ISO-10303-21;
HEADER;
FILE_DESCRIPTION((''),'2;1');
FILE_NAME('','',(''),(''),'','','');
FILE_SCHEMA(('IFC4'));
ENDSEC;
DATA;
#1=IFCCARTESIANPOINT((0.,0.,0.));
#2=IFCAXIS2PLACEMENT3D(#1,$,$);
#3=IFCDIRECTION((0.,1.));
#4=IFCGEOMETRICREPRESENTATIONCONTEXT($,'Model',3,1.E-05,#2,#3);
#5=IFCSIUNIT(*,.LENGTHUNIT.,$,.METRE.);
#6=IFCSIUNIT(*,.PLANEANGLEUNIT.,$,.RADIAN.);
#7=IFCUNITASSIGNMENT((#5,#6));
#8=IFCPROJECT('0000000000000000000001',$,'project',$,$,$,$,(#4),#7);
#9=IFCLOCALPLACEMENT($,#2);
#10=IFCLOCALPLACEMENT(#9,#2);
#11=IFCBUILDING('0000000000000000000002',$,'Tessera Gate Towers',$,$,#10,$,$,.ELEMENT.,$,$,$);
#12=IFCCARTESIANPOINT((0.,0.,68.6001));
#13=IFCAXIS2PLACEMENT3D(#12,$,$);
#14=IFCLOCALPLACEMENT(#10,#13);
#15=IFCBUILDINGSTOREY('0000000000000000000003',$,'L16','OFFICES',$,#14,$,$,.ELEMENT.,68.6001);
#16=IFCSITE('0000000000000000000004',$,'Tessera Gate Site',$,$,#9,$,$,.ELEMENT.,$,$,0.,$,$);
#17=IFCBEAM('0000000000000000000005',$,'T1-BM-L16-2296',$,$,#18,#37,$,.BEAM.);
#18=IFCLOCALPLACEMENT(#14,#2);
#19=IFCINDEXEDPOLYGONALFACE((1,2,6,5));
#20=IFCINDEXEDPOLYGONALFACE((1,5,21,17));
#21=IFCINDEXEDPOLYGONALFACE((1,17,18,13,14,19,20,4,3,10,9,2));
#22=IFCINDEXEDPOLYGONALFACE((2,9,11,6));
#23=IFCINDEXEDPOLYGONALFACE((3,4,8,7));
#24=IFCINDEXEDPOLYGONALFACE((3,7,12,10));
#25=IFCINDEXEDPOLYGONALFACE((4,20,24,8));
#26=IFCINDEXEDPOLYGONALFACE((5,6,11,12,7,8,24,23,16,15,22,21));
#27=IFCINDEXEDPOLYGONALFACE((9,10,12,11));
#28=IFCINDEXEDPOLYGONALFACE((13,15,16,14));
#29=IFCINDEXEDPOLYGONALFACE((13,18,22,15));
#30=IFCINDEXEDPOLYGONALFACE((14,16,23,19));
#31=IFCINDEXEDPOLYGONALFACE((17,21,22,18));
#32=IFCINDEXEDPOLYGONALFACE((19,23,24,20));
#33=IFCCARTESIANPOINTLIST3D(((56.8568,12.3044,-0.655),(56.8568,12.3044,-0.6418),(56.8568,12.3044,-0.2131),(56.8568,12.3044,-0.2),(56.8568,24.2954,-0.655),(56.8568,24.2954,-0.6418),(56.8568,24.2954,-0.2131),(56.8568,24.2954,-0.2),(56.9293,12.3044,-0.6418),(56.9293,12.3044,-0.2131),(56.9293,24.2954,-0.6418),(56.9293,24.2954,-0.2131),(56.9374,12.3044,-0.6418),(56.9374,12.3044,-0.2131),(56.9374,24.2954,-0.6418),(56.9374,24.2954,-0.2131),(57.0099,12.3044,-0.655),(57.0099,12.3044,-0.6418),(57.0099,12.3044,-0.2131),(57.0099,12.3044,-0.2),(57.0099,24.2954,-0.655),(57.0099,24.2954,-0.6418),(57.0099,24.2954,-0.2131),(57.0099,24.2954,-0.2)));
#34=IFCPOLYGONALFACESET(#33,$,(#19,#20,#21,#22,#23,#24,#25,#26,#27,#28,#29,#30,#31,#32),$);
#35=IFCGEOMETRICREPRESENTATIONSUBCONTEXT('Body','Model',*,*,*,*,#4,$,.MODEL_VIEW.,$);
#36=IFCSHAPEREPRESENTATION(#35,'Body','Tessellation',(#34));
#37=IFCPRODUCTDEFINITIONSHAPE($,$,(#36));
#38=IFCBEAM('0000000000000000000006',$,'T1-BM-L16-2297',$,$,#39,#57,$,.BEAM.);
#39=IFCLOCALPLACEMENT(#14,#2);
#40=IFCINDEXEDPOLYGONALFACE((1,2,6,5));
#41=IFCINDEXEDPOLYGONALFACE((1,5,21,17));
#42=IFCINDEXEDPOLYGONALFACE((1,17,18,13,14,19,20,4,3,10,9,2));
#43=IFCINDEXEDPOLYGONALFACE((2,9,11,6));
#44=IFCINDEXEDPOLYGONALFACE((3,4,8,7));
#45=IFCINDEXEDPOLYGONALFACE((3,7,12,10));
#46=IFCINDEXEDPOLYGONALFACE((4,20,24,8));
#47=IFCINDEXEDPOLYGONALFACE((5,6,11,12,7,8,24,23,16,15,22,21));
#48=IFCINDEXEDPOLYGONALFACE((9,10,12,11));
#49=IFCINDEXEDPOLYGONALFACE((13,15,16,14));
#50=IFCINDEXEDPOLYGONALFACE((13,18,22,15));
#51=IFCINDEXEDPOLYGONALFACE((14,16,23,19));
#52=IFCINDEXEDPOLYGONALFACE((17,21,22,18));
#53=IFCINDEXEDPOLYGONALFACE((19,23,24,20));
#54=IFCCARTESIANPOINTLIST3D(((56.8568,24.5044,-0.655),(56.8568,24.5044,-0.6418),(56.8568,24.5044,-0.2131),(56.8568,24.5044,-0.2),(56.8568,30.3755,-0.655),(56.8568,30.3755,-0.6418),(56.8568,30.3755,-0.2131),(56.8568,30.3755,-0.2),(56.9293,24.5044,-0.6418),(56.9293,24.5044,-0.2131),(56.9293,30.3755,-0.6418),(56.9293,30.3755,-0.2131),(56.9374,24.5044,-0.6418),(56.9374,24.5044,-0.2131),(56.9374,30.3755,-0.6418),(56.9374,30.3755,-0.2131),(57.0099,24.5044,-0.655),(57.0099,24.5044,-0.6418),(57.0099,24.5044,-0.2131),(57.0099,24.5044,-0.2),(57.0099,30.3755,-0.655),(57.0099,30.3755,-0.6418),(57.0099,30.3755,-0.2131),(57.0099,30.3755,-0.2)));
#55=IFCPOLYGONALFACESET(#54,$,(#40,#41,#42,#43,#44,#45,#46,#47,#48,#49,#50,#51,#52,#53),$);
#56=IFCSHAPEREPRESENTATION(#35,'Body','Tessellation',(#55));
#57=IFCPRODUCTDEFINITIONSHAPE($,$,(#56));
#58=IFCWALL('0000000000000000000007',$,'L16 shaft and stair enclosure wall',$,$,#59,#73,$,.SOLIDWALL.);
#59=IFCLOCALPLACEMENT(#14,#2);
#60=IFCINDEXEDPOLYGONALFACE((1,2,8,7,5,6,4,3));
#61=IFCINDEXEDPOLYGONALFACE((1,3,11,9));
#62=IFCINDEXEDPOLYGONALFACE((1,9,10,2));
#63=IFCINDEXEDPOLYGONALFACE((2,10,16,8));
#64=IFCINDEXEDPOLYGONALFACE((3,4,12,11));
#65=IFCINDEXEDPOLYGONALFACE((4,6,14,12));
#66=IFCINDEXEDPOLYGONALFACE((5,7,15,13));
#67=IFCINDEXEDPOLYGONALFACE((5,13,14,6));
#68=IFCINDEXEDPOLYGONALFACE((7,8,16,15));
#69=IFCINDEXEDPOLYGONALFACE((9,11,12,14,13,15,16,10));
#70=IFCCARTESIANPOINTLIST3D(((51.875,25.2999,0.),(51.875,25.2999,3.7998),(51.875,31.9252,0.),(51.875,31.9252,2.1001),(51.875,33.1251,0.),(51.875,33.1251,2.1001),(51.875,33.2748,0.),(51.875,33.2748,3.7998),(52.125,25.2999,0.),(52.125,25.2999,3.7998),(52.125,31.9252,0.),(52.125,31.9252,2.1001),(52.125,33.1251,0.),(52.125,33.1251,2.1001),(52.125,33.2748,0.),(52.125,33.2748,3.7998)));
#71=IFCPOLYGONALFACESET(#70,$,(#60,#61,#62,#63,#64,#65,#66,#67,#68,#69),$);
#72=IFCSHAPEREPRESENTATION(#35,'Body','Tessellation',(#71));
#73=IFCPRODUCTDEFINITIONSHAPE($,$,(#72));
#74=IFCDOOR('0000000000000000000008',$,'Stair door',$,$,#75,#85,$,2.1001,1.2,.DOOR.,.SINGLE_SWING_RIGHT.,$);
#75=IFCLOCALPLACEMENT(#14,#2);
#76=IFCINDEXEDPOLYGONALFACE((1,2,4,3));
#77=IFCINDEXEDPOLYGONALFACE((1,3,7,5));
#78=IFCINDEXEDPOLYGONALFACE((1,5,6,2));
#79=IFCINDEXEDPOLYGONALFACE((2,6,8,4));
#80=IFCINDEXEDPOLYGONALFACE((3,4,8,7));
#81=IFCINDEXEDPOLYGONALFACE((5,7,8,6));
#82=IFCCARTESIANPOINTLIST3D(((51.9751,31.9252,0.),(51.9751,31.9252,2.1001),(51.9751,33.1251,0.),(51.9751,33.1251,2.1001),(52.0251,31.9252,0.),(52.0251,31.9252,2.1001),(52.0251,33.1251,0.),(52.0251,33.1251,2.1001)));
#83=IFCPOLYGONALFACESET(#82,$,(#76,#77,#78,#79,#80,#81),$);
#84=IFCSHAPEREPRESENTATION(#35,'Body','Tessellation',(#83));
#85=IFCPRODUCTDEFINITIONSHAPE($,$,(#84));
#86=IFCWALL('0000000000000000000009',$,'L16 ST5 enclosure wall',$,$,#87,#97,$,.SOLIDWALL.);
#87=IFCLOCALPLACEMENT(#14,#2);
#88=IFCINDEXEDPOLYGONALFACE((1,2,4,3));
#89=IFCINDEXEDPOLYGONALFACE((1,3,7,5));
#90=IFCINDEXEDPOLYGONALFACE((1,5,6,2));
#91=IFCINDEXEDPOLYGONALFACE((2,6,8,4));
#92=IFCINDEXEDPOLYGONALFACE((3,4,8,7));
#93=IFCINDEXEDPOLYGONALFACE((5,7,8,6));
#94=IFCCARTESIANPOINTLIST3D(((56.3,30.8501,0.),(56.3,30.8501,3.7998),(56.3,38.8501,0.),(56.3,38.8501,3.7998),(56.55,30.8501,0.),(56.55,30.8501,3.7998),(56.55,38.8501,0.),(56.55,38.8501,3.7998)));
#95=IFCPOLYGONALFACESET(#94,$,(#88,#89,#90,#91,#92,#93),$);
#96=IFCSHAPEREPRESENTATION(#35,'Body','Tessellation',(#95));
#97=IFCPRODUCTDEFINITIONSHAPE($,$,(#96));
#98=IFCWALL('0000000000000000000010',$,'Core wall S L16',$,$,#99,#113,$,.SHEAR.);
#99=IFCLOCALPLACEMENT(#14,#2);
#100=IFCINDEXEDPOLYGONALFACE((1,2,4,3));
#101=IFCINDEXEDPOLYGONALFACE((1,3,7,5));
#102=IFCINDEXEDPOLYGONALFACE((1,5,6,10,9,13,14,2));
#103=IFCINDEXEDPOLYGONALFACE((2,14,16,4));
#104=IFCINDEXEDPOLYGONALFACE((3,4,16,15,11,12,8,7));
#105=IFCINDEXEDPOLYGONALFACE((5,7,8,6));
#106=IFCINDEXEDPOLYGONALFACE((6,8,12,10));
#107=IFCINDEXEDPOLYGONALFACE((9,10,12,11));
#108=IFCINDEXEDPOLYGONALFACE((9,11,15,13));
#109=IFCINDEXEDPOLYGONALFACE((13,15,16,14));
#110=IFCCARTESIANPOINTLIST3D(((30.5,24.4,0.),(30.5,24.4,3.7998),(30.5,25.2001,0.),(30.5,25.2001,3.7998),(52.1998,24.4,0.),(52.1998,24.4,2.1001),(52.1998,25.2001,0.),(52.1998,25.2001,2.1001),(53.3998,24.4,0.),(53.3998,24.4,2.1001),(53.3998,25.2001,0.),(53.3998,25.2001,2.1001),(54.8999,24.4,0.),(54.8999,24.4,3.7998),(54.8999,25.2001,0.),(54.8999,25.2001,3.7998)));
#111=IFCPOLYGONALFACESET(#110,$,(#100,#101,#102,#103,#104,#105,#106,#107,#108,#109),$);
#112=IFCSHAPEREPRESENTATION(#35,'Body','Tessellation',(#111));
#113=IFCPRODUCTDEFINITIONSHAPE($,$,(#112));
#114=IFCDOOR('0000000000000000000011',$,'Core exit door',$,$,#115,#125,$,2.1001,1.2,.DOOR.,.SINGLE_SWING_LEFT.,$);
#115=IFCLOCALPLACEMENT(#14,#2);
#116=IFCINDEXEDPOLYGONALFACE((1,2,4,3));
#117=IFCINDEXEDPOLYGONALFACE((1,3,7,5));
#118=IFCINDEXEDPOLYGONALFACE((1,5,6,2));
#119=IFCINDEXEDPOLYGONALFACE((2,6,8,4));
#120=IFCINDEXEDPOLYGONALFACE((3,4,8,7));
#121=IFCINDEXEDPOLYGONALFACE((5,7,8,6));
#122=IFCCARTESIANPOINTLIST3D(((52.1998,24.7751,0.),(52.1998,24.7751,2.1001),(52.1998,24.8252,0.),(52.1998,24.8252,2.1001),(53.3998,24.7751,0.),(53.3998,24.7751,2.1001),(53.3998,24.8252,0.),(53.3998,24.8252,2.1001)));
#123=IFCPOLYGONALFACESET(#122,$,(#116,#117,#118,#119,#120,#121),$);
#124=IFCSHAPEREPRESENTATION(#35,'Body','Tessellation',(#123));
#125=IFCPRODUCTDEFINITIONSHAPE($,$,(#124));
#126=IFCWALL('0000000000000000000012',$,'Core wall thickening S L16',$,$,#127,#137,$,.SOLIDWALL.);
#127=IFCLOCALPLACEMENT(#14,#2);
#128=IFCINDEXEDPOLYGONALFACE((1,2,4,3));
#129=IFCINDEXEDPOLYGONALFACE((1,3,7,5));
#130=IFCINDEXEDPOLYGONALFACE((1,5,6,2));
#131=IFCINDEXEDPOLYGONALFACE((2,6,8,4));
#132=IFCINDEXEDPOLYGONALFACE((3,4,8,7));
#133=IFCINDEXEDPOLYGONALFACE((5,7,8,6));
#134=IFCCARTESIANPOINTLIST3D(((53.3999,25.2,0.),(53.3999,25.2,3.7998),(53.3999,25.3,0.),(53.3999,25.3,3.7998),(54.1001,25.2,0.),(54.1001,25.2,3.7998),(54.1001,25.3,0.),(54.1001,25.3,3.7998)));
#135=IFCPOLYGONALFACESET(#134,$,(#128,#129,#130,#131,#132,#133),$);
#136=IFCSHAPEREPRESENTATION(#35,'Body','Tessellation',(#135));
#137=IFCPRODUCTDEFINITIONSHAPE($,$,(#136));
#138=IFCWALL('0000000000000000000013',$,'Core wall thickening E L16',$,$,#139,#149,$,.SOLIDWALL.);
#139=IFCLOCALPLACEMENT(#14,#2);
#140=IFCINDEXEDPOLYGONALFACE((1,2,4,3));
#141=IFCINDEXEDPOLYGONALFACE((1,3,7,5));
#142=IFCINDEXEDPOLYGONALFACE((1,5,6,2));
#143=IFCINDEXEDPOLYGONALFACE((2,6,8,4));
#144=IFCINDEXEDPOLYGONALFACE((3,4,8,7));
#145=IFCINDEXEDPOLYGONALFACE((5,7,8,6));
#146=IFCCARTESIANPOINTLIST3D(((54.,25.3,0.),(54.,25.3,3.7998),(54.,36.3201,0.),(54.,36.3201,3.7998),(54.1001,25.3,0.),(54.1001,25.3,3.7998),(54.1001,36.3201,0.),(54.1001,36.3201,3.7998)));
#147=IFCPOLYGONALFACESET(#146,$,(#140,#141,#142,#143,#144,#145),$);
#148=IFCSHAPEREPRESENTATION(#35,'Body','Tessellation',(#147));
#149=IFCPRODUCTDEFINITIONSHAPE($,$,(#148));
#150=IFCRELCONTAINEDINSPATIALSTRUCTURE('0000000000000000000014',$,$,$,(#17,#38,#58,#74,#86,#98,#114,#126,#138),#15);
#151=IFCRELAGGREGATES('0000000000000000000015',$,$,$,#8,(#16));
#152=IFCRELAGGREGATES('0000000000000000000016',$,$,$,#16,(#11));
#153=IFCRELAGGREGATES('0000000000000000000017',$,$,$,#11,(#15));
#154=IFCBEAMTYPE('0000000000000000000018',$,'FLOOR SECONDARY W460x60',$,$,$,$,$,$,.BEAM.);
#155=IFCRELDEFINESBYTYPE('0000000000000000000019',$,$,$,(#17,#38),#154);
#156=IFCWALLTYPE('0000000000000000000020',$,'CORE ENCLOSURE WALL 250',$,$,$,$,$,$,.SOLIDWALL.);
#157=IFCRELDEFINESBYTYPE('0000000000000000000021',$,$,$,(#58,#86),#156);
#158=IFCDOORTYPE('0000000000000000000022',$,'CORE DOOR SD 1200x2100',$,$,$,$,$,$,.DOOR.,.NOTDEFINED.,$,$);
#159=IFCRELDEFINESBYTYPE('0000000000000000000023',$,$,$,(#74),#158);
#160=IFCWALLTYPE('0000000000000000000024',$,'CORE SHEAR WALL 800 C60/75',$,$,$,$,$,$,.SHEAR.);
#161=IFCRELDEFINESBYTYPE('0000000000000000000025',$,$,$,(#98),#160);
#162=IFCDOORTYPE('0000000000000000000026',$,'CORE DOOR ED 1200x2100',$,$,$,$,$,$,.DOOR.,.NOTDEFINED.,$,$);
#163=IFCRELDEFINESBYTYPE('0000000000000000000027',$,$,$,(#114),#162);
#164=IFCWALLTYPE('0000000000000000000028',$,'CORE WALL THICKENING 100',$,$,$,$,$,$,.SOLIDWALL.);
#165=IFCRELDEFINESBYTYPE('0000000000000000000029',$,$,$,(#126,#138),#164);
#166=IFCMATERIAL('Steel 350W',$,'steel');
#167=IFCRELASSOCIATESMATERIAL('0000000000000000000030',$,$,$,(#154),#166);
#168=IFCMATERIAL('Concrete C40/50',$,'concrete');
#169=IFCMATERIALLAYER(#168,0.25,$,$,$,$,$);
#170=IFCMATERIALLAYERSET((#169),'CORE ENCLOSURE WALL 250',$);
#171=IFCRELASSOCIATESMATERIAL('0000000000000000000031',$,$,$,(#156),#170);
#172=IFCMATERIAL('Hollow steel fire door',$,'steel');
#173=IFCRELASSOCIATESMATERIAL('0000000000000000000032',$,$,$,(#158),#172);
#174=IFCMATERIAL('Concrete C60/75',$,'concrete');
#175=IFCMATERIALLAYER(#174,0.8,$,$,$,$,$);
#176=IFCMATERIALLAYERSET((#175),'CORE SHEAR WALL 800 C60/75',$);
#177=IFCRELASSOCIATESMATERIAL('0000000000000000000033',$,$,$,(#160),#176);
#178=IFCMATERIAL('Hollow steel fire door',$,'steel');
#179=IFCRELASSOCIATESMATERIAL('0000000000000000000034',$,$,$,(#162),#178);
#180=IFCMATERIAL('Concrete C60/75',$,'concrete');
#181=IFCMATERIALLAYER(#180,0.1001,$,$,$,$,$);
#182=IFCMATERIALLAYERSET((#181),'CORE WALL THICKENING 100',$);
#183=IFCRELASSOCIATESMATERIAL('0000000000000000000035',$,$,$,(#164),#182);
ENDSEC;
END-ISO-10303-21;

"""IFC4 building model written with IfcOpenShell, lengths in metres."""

from ifc_helpers import new_model, si_unit, direction, frame, frame_2d, origin, origin_2d, place, context, subcontext, project, spatial, rectangle, i_section, extrude, source, transform, mapped, material, layer, layer_set, material_profile, profile_set, type_object, element, fill, save


model = new_model("IFC4")

# Units and contexts
model_context = context("Model", 3, precision=1e-05, world=origin(), true_north=direction((0.0, 1.0)))
body_context = subcontext(model_context, "Body", "Model", "MODEL_VIEW")
ifc_project = project(units=[si_unit("LENGTHUNIT", "METRE"), si_unit("PLANEANGLEUNIT", "RADIAN")], contexts=[model_context])

# Site, building, storey
site_placement = place(None, origin())
site = spatial("IfcSite", under=ifc_project, at=site_placement, Name="Tessera Gate Site", CompositionType="ELEMENT", RefElevation=0.0)
building_placement = place(site_placement, origin())
building = spatial("IfcBuilding", under=site, at=building_placement, Name="Tessera Gate Towers", CompositionType="ELEMENT")
storey_placement = place(building_placement, frame((0.0, 0.0, 68.6001)))
storey = spatial("IfcBuildingStorey", under=building, at=storey_placement, Name="L16", Description="OFFICES", CompositionType="ELEMENT", Elevation=68.6001)

# Beams
ifc_material_1 = material(Name="Steel 350W", Category="steel")
ifc_material_profile_1 = material_profile(ifc_material_1, i_section(OverallWidth=0.1531, OverallDepth=0.4551, WebThickness=0.0081, FlangeThickness=0.0132, at=origin_2d()), Name="W460x60")
ifc_profile_set_1 = profile_set([ifc_material_profile_1], Name="Steel 350W")
beam_type_1 = type_object("IfcBeamType", Name="FLOOR SECONDARY W460x60", PredefinedType="BEAM", material=ifc_profile_set_1)
beam_1_placement = place(storey_placement, frame((56.9333, 12.3044, -0.4275), z_axis=(0.0, 1.0, 0.0), x_axis=(-1.0, 0.0, 0.0)))
element("IfcBeam", 1, at=beam_1_placement, inside=storey, type_object=beam_type_1, Name="T1-BM-L16-2296", PredefinedType="BEAM", context=body_context, shape_type="SweptSolid", body=[
    extrude(i_section(OverallWidth=0.1531, OverallDepth=0.4551, WebThickness=0.0081, FlangeThickness=0.0132, at=origin_2d()), origin(), (0.0, 0.0, 1.0), 11.991),
])
beam_2_placement = place(storey_placement, frame((56.9333, 24.5044, -0.4275), z_axis=(0.0, 1.0, 0.0), x_axis=(-1.0, 0.0, 0.0)))
element("IfcBeam", 2, at=beam_2_placement, inside=storey, type_object=beam_type_1, Name="T1-BM-L16-2297", PredefinedType="BEAM", context=body_context, shape_type="SweptSolid", body=[
    extrude(i_section(OverallWidth=0.1531, OverallDepth=0.4551, WebThickness=0.0081, FlangeThickness=0.0132, at=origin_2d()), origin(), (0.0, 0.0, 1.0), 5.8711),
])

# Wall, opening, door
ifc_material_2 = material(Name="Concrete C40/50", Category="concrete")
ifc_layer_1 = layer(ifc_material_2, 0.25)
ifc_layer_set_1 = layer_set([ifc_layer_1], Name="CORE ENCLOSURE WALL 250")
wall_type_1 = type_object("IfcWallType", Name="CORE ENCLOSURE WALL 250", PredefinedType="SOLIDWALL", material=ifc_layer_set_1)
wall_1_placement = place(storey_placement, frame((52.0, 25.3, 0.0), z_axis=(0.0, 0.0, 1.0), x_axis=(0.0, 1.0, 0.0)))
wall_1 = element("IfcWall", 3, at=wall_1_placement, inside=storey, type_object=wall_type_1, Name="L16 shaft and stair enclosure wall", PredefinedType="SOLIDWALL", context=body_context, shape_type="SweptSolid", body=[
    extrude(rectangle(XDim=7.9749, YDim=0.25, at=frame_2d((3.9873, 0.0))), origin(), (0.0, 0.0, 1.0), 3.7998),
])
shared_shape_1 = source(origin(), body_context, "Body", "SweptSolid", [
    extrude(rectangle(XDim=1.2, YDim=2.1001, at=frame_2d((0.6001, 1.05))), frame((0.0, 0.135, 0.0), z_axis=(0.0, -1.0, 0.0), x_axis=(1.0, 0.0, 0.0)), (0.0, 0.0, 1.0), 0.27),
])
opening_1_placement = place(wall_1_placement, frame((6.625, 0.0, 0.0)))
opening_1 = element("IfcOpeningElement", 4, at=opening_1_placement, cuts=wall_1, PredefinedType="OPENING", context=body_context, shape_type="MappedRepresentation", body=[
    mapped(shared_shape_1, transform((0.0, 0.0, 0.0), scale=1.0)),
])
ifc_material_3 = material(Name="Hollow steel fire door", Category="steel")
door_type_1 = type_object("IfcDoorType", Name="CORE DOOR SD 1200x2100", OperationType="NOTDEFINED", PredefinedType="DOOR", material=ifc_material_3)
shared_shape_2 = source(origin(), body_context, "Body", "SweptSolid", [
    extrude(rectangle(XDim=1.2, YDim=2.1001, at=frame_2d((0.6001, 1.05))), frame((0.0, 0.0249, 0.0), z_axis=(0.0, -1.0, 0.0), x_axis=(1.0, 0.0, 0.0)), (0.0, 0.0, 1.0), 0.05),
])
door_1_placement = place(opening_1_placement, origin())
door_1 = element("IfcDoor", 5, at=door_1_placement, inside=storey, type_object=door_type_1, Name="Stair door", OperationType="SINGLE_SWING_RIGHT", OverallHeight=2.1001, OverallWidth=1.2, PredefinedType="DOOR", context=body_context, shape_type="MappedRepresentation", body=[
    mapped(shared_shape_2, transform((0.0, 0.0, 0.0), scale=1.0)),
])
fill(opening_1, door_1)

# Wall
wall_2_placement = place(storey_placement, frame((56.425, 30.8501, 0.0), z_axis=(0.0, 0.0, 1.0), x_axis=(0.0, 1.0, 0.0)))
element("IfcWall", 6, at=wall_2_placement, inside=storey, type_object=wall_type_1, Name="L16 ST5 enclosure wall", PredefinedType="SOLIDWALL", context=body_context, shape_type="SweptSolid", body=[
    extrude(rectangle(XDim=8.0, YDim=0.25, at=frame_2d((4.0, 0.0))), origin(), (0.0, 0.0, 1.0), 3.7998),
])

# Wall, opening, door
ifc_material_4 = material(Name="Concrete C60/75", Category="concrete")
ifc_layer_2 = layer(ifc_material_4, 0.8)
ifc_layer_set_2 = layer_set([ifc_layer_2], Name="CORE SHEAR WALL 800 C60/75")
wall_type_2 = type_object("IfcWallType", Name="CORE SHEAR WALL 800 C60/75", PredefinedType="SHEAR", material=ifc_layer_set_2)
wall_3_placement = place(storey_placement, frame((54.8999, 24.8, 0.0), z_axis=(0.0, 0.0, 1.0), x_axis=(-1.0, 0.0, 0.0)))
wall_3 = element("IfcWall", 7, at=wall_3_placement, inside=storey, type_object=wall_type_2, Name="Core wall S L16", PredefinedType="SHEAR", context=body_context, shape_type="SweptSolid", body=[
    extrude(rectangle(XDim=24.3999, YDim=0.8, at=frame_2d((12.2, 0.0))), origin(), (0.0, 0.0, 1.0), 3.7998),
])
shared_shape_3 = source(origin(), body_context, "Body", "SweptSolid", [
    extrude(rectangle(XDim=1.2, YDim=2.1001, at=frame_2d((0.6001, 1.05))), frame((0.0, 0.4099, 0.0), z_axis=(0.0, -1.0, 0.0), x_axis=(1.0, 0.0, 0.0)), (0.0, 0.0, 1.0), 0.8201),
])
opening_2_placement = place(wall_3_placement, frame((1.5, 0.0, 0.0)))
opening_2 = element("IfcOpeningElement", 8, at=opening_2_placement, cuts=wall_3, PredefinedType="OPENING", context=body_context, shape_type="MappedRepresentation", body=[
    mapped(shared_shape_3, transform((0.0, 0.0, 0.0), scale=1.0)),
])
ifc_material_5 = material(Name="Hollow steel fire door", Category="steel")
door_type_2 = type_object("IfcDoorType", Name="CORE DOOR ED 1200x2100", OperationType="NOTDEFINED", PredefinedType="DOOR", material=ifc_material_5)
door_2_placement = place(opening_2_placement, origin())
door_2 = element("IfcDoor", 9, at=door_2_placement, inside=storey, type_object=door_type_2, Name="Core exit door", OperationType="SINGLE_SWING_LEFT", OverallHeight=2.1001, OverallWidth=1.2, PredefinedType="DOOR", context=body_context, shape_type="MappedRepresentation", body=[
    mapped(shared_shape_2, transform((0.0, 0.0, 0.0), scale=1.0)),
])
fill(opening_2, door_2)

# Walls
ifc_material_6 = material(Name="Concrete C60/75", Category="concrete")
ifc_layer_3 = layer(ifc_material_6, 0.1001)
ifc_layer_set_3 = layer_set([ifc_layer_3], Name="CORE WALL THICKENING 100")
wall_type_3 = type_object("IfcWallType", Name="CORE WALL THICKENING 100", PredefinedType="SOLIDWALL", material=ifc_layer_set_3)
wall_4_placement = place(storey_placement, frame((53.3999, 25.25, 0.0), z_axis=(0.0, 0.0, 1.0), x_axis=(1.0, 0.0, 0.0)))
element("IfcWall", 10, at=wall_4_placement, inside=storey, type_object=wall_type_3, Name="Core wall thickening S L16", PredefinedType="SOLIDWALL", context=body_context, shape_type="SweptSolid", body=[
    extrude(rectangle(XDim=0.7002, YDim=0.1001, at=frame_2d((0.3501, 0.0))), origin(), (0.0, 0.0, 1.0), 3.7998),
])
wall_5_placement = place(storey_placement, frame((54.05, 25.3, 0.0), z_axis=(0.0, 0.0, 1.0), x_axis=(0.0, 1.0, 0.0)))
element("IfcWall", 11, at=wall_5_placement, inside=storey, type_object=wall_type_3, Name="Core wall thickening E L16", PredefinedType="SOLIDWALL", context=body_context, shape_type="SweptSolid", body=[
    extrude(rectangle(XDim=11.02, YDim=0.1001, at=frame_2d((5.51, 0.0))), origin(), (0.0, 0.0, 1.0), 3.7998),
])

save(model, "model.ifc")
